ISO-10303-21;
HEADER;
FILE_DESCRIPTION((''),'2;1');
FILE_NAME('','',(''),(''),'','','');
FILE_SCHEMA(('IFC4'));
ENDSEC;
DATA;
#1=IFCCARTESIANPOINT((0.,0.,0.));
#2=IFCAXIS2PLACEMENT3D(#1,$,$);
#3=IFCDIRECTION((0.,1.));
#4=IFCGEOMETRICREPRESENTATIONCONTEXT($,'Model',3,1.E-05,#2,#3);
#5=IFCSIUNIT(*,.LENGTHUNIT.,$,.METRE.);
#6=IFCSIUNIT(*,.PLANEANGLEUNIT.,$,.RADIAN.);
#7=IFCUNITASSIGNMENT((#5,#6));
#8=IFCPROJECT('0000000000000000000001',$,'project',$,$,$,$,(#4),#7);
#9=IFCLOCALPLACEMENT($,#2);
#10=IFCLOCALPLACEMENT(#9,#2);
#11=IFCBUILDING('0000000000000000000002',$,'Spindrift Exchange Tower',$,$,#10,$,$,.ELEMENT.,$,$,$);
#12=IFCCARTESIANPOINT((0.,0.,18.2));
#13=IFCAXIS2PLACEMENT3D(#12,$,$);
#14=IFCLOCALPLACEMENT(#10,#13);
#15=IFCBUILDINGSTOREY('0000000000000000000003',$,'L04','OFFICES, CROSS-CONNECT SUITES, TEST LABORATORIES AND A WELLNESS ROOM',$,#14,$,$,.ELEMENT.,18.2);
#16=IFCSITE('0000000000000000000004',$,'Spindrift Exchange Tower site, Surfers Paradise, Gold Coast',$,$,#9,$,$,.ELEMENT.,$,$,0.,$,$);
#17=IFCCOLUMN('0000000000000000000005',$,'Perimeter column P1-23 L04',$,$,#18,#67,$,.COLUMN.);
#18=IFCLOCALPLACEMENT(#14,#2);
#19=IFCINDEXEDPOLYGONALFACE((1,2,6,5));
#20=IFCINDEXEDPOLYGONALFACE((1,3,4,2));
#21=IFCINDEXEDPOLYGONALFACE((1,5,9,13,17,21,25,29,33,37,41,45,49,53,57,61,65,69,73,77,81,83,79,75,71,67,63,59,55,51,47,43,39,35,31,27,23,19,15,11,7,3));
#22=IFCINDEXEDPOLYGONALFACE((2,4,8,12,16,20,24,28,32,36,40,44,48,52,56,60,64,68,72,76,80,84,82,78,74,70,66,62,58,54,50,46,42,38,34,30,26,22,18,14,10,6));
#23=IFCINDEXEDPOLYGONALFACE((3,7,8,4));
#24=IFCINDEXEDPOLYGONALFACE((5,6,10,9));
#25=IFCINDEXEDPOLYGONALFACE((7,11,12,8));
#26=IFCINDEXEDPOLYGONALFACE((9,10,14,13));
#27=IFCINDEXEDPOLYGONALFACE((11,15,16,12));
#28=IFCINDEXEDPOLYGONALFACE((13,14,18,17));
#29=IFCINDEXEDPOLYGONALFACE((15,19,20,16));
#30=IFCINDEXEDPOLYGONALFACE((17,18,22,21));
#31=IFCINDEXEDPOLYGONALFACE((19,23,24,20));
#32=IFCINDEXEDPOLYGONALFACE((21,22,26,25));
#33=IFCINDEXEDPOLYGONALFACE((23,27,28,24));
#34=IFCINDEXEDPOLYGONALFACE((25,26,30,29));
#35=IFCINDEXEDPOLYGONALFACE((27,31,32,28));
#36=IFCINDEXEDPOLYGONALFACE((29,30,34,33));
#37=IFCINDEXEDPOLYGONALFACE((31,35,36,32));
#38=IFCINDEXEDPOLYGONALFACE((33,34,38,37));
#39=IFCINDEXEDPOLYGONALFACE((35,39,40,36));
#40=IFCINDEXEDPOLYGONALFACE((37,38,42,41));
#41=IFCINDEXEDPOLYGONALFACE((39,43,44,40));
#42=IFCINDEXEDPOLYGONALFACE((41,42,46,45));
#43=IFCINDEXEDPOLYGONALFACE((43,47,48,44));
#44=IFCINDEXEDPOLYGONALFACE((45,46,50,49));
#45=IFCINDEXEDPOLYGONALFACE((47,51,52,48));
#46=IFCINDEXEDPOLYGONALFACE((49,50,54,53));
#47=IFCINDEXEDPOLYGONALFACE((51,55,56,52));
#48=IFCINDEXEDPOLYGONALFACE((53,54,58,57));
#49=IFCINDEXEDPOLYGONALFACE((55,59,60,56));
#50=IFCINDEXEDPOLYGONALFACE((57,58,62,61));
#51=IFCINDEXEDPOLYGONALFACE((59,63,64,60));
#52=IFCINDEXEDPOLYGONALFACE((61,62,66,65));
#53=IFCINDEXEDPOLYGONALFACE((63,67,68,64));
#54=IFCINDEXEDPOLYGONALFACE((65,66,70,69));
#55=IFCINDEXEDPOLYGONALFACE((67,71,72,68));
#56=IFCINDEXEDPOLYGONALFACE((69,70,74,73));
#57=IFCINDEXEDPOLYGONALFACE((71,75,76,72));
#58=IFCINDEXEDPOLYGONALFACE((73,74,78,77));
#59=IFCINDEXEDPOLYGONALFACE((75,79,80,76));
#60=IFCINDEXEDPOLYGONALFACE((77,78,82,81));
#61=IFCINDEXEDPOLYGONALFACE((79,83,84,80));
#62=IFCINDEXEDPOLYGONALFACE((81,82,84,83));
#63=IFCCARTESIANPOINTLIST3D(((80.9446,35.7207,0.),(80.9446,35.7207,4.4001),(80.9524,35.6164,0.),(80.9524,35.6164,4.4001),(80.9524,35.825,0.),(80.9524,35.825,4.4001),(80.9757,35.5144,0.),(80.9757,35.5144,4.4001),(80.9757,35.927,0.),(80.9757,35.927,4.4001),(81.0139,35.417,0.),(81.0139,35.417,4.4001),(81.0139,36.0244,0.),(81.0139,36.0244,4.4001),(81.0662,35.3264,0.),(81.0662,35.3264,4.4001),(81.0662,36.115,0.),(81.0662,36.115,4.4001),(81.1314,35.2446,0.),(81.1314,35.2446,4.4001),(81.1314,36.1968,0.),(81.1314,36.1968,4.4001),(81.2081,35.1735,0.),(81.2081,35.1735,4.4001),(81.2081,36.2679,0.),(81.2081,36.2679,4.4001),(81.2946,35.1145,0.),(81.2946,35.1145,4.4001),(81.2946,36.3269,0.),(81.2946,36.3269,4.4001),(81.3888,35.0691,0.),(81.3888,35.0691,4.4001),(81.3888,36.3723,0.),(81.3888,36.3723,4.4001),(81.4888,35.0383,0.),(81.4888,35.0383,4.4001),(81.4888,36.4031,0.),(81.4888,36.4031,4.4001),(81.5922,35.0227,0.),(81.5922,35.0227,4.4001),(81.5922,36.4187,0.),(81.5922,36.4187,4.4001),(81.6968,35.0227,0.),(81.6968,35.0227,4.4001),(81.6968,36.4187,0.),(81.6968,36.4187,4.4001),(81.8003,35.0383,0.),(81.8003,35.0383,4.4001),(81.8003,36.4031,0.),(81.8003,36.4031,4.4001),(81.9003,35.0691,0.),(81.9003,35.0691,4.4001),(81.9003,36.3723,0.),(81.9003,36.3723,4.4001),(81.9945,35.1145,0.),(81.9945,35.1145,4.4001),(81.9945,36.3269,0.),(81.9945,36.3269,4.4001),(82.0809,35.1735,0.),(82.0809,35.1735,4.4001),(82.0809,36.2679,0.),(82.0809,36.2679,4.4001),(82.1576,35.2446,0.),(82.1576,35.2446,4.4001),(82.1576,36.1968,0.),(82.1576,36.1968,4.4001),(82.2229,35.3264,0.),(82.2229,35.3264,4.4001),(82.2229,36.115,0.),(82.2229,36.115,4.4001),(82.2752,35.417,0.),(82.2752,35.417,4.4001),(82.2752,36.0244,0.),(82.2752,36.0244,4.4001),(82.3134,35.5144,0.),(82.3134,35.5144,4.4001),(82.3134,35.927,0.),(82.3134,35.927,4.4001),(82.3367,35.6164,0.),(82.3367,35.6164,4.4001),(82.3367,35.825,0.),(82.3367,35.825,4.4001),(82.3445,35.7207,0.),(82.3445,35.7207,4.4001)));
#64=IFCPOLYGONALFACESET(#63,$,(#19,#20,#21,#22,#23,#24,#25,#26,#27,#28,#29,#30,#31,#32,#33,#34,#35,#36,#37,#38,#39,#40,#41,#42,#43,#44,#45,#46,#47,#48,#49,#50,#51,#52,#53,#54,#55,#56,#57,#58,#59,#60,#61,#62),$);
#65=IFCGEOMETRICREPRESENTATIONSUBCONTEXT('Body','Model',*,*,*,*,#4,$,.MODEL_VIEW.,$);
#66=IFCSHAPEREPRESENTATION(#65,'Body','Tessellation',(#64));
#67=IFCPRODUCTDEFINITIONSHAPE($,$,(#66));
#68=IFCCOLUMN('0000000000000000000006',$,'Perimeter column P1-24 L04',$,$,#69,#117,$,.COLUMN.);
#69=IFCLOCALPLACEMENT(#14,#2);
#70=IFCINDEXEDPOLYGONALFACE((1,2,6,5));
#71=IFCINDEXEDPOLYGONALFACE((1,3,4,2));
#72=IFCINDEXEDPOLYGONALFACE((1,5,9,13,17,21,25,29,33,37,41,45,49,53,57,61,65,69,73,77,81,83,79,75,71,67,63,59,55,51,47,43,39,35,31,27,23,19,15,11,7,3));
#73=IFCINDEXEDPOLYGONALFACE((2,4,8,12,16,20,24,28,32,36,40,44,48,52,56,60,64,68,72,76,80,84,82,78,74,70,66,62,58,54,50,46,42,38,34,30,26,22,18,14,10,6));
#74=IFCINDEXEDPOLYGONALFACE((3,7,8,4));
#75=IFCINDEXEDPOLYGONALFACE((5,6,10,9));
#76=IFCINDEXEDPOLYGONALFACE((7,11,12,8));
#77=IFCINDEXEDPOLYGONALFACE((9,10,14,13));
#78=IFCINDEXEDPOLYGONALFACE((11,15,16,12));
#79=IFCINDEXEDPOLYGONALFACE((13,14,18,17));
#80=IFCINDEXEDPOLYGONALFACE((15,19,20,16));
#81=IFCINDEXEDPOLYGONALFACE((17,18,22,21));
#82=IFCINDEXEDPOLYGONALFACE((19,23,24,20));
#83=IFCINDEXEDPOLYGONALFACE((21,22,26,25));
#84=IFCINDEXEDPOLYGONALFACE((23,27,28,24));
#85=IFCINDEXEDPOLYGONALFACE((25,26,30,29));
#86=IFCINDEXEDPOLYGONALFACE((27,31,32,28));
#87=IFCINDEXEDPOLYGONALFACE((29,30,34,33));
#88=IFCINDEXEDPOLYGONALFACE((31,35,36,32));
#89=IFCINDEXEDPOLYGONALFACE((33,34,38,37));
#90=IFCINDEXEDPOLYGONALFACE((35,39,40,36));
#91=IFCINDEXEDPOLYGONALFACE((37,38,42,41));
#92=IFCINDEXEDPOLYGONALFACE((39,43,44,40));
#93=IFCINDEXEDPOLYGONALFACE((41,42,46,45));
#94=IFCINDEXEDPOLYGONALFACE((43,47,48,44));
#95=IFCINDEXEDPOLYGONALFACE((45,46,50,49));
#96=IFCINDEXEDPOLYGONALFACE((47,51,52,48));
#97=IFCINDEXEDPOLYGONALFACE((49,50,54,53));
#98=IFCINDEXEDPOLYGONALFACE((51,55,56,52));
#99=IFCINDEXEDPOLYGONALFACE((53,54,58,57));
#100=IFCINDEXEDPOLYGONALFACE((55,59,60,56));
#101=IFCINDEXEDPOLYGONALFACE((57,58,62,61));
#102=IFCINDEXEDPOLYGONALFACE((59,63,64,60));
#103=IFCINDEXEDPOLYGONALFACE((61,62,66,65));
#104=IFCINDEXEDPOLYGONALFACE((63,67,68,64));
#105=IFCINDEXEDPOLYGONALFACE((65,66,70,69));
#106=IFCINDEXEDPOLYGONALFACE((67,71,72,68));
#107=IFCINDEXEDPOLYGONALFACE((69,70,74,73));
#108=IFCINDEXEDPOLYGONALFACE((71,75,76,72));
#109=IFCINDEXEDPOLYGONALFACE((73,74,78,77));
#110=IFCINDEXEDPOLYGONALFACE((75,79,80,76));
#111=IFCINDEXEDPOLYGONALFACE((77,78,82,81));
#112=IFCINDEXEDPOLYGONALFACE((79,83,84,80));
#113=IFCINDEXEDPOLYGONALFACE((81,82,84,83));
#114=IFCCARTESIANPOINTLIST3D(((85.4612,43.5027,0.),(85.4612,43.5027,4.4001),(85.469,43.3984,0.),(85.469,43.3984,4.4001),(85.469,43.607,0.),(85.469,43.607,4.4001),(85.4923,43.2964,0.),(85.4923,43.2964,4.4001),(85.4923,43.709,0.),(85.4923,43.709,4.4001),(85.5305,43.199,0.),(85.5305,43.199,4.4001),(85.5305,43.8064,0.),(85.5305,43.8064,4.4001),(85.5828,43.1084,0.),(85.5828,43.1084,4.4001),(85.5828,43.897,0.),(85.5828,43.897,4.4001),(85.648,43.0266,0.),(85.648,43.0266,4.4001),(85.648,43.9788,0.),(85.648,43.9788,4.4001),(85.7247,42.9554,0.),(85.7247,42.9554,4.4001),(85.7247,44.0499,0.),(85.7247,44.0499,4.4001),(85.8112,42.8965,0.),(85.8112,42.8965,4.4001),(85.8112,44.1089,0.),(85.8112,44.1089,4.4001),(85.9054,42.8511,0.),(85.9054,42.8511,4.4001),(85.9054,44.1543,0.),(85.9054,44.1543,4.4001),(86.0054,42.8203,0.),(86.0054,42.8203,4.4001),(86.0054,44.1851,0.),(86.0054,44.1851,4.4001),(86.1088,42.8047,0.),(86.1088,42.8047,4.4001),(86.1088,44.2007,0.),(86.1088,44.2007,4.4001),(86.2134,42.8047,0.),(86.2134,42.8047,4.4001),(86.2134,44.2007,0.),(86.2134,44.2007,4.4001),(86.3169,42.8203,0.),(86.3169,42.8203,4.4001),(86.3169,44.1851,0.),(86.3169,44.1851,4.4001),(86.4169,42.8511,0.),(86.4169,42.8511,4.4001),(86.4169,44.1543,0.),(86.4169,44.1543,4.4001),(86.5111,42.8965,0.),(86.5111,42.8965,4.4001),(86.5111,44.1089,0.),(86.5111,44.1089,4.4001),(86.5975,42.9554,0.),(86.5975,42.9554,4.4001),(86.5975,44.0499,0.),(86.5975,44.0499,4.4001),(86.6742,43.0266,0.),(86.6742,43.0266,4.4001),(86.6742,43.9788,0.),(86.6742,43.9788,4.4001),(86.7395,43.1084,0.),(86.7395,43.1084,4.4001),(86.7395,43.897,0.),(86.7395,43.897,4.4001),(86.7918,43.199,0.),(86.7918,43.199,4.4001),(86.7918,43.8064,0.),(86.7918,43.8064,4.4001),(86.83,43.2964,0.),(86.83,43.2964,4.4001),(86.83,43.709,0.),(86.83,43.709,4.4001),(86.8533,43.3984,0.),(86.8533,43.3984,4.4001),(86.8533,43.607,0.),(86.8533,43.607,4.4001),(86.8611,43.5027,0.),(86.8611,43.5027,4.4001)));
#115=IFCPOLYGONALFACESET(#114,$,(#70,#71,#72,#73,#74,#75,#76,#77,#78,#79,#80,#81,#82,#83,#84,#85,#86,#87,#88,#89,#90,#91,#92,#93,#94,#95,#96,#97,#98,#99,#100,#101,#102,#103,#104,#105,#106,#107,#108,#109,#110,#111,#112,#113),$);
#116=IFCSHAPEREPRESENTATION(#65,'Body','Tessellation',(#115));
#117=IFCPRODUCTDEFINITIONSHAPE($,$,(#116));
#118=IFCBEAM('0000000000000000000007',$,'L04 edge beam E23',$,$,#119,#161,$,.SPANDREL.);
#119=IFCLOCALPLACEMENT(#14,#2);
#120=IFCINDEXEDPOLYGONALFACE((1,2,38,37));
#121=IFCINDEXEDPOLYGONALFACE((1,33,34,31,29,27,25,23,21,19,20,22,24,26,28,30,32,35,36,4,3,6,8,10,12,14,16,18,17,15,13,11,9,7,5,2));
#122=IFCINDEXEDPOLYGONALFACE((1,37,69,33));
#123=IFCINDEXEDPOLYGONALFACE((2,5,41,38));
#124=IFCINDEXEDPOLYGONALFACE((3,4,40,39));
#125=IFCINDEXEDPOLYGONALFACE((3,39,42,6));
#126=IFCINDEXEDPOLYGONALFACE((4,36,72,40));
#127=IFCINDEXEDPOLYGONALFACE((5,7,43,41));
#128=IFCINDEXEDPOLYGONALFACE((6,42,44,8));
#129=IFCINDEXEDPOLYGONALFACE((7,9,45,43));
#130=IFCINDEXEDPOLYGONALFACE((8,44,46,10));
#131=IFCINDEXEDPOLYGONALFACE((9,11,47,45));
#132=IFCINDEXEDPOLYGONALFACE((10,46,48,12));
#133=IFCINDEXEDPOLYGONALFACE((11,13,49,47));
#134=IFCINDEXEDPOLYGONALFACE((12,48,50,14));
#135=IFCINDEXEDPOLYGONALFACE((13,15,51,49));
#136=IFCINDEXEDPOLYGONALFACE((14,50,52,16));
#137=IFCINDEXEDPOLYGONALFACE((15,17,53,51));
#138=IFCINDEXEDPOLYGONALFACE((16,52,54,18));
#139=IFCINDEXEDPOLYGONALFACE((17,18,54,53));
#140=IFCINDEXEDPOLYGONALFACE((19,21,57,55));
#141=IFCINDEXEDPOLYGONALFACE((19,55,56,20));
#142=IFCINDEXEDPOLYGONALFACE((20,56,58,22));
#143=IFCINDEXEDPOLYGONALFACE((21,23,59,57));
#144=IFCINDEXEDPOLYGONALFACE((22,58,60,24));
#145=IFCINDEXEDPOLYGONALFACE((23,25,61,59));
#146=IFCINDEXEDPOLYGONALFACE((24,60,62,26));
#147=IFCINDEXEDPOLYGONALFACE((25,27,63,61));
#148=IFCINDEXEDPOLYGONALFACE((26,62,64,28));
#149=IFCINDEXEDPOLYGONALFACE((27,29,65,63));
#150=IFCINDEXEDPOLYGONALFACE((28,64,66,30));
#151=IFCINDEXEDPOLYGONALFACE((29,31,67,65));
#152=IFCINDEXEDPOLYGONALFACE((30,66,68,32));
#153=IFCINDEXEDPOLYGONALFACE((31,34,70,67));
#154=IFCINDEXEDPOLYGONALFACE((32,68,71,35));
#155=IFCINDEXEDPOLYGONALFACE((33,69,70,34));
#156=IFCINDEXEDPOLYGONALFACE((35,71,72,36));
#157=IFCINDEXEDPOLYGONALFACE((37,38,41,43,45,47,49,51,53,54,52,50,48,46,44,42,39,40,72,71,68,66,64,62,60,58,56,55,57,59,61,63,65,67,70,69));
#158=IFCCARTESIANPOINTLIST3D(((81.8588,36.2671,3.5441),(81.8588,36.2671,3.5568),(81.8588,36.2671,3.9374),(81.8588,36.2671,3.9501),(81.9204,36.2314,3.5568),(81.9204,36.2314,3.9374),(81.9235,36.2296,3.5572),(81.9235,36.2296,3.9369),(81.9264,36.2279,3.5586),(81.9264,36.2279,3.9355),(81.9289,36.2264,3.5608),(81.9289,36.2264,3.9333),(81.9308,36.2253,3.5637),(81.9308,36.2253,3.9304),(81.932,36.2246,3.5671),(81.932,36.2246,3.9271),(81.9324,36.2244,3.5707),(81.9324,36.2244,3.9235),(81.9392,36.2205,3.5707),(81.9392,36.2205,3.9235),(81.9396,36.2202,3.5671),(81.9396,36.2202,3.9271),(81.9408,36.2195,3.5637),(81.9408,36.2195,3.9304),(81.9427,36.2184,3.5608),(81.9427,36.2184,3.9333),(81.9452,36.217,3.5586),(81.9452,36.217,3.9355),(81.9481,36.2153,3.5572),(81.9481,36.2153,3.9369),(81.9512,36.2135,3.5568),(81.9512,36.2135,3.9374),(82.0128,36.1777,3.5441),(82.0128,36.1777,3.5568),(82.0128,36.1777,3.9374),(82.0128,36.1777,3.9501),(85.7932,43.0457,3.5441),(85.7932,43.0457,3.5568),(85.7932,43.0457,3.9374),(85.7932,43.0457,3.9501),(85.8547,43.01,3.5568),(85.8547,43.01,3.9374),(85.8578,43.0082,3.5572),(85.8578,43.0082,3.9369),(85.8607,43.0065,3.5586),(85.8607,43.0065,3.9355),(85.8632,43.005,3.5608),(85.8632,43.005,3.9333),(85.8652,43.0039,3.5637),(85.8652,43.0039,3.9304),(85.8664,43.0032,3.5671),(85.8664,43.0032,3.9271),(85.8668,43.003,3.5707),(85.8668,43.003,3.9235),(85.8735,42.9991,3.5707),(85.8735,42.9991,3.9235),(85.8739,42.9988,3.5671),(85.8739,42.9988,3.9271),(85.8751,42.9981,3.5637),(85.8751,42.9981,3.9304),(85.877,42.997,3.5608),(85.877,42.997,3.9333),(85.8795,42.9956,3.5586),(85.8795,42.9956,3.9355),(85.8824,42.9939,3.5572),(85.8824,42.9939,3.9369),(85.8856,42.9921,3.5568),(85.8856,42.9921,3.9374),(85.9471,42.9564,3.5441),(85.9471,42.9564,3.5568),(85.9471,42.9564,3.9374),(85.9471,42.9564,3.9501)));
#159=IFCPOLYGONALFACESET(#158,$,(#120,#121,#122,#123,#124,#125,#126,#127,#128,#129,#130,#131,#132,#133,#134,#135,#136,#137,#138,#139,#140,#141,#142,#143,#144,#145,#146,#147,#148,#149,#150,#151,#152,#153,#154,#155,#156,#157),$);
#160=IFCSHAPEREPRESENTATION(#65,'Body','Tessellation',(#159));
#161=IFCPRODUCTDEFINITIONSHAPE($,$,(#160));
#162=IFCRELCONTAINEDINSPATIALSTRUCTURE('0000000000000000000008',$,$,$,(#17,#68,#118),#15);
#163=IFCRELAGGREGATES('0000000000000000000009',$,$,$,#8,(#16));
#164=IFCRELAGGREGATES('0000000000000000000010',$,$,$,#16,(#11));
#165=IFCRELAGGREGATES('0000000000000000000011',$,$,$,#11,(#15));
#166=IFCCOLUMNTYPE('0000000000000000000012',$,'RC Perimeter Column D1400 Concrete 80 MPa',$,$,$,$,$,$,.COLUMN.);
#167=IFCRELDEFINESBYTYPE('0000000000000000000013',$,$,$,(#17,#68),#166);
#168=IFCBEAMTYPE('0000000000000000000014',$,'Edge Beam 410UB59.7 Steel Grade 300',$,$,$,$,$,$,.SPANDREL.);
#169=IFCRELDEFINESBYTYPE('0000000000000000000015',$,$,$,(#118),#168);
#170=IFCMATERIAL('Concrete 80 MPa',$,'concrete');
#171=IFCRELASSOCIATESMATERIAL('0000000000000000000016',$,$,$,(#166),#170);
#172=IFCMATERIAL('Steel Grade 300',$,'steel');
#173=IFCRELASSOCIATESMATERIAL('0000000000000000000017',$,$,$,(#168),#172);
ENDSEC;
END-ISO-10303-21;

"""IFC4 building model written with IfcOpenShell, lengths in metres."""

from ifc_helpers import new_model, si_unit, direction, frame, origin, origin_2d, place, context, subcontext, project, spatial, circle, i_section, extrude, source, transform, mapped, material, material_profile, profile_set, type_object, element, save


model = new_model("IFC4")

# Units and contexts
model_context = context("Model", 3, precision=1e-05, world=origin(), true_north=direction((0.0, 1.0)))
body_context = subcontext(model_context, "Body", "Model", "MODEL_VIEW")
ifc_project = project(units=[si_unit("LENGTHUNIT", "METRE"), si_unit("PLANEANGLEUNIT", "RADIAN")], contexts=[model_context])

# Site, building, storey
site_placement = place(None, origin())
site = spatial("IfcSite", under=ifc_project, at=site_placement, Name="Spindrift Exchange Tower site, Surfers Paradise, Gold Coast", CompositionType="ELEMENT", RefElevation=0.0)
building_placement = place(site_placement, origin())
building = spatial("IfcBuilding", under=site, at=building_placement, Name="Spindrift Exchange Tower", CompositionType="ELEMENT")
storey_placement = place(building_placement, frame((0.0, 0.0, 18.2)))
storey = spatial("IfcBuildingStorey", under=building, at=storey_placement, Name="L04", Description="OFFICES, CROSS-CONNECT SUITES, TEST LABORATORIES AND A WELLNESS ROOM", CompositionType="ELEMENT", Elevation=18.2)

# Columns
ifc_material_1 = material(Name="Concrete 80 MPa", Category="concrete")
ifc_material_profile_1 = material_profile(ifc_material_1, circle(Radius=0.7, at=origin_2d()), Name="RC D1400")
ifc_profile_set_1 = profile_set([ifc_material_profile_1], Name="Concrete 80 MPa")
column_type = type_object("IfcColumnType", Name="RC Perimeter Column D1400 Concrete 80 MPa", PredefinedType="COLUMN", material=ifc_profile_set_1)
shared_shape_1 = source(origin(), body_context, "Body", "SweptSolid", [
    extrude(circle(Radius=0.7, at=origin_2d()), origin(), (0.0, 0.0, 1.0), 4.4001),
])
for number, where, z_axis, x_axis, name in (
    (1, (81.6445, 35.7207, 0.0), (0.0, 0.0, 1.0), (1.0, 0.0, 0.0), "Perimeter column P1-23 L04"),
    (2, (86.1611, 43.5027, 0.0), (0.0, 0.0, 1.0), (1.0, 0.0, 0.0), "Perimeter column P1-24 L04"),
):
    element("IfcColumn", number, at=place(storey_placement, frame(where, z_axis=z_axis, x_axis=x_axis)), inside=storey, type_object=column_type, Name=name, PredefinedType="COLUMN", context=body_context, shape_type="MappedRepresentation", body=[
        mapped(shared_shape_1, transform((0.0, 0.0, 0.0), scale=1.0)),
    ])

# Beam
ifc_material_2 = material(Name="Steel Grade 300", Category="steel")
ifc_material_profile_2 = material_profile(ifc_material_2, i_section(OverallWidth=0.178, OverallDepth=0.406, WebThickness=0.0078, FlangeThickness=0.0127, FilletRadius=0.0139, at=origin_2d()), Name="410UB59.7")
ifc_profile_set_2 = profile_set([ifc_material_profile_2], Name="Steel Grade 300")
beam_type_1 = type_object("IfcBeamType", Name="Edge Beam 410UB59.7 Steel Grade 300", PredefinedType="SPANDREL", material=ifc_profile_set_2)
shared_shape_2 = source(origin(), body_context, "Body", "SweptSolid", [
    extrude(i_section(OverallWidth=0.178, OverallDepth=0.406, WebThickness=0.0078, FlangeThickness=0.0127, FilletRadius=0.0139, at=origin_2d()), origin(), (0.0, 0.0, 1.0), 7.8376),
])
beam_1_placement = place(storey_placement, frame((81.9358, 36.2224, 3.7471), z_axis=(0.501981, 0.864878, 0.0), x_axis=(-0.864878, 0.501981, 0.0)))
element("IfcBeam", 3, at=beam_1_placement, inside=storey, type_object=beam_type_1, Name="L04 edge beam E23", PredefinedType="SPANDREL", context=body_context, shape_type="MappedRepresentation", body=[
    mapped(shared_shape_2, transform((0.0, 0.0, 0.0), scale=1.0)),
])

save(model, "model.ifc")
